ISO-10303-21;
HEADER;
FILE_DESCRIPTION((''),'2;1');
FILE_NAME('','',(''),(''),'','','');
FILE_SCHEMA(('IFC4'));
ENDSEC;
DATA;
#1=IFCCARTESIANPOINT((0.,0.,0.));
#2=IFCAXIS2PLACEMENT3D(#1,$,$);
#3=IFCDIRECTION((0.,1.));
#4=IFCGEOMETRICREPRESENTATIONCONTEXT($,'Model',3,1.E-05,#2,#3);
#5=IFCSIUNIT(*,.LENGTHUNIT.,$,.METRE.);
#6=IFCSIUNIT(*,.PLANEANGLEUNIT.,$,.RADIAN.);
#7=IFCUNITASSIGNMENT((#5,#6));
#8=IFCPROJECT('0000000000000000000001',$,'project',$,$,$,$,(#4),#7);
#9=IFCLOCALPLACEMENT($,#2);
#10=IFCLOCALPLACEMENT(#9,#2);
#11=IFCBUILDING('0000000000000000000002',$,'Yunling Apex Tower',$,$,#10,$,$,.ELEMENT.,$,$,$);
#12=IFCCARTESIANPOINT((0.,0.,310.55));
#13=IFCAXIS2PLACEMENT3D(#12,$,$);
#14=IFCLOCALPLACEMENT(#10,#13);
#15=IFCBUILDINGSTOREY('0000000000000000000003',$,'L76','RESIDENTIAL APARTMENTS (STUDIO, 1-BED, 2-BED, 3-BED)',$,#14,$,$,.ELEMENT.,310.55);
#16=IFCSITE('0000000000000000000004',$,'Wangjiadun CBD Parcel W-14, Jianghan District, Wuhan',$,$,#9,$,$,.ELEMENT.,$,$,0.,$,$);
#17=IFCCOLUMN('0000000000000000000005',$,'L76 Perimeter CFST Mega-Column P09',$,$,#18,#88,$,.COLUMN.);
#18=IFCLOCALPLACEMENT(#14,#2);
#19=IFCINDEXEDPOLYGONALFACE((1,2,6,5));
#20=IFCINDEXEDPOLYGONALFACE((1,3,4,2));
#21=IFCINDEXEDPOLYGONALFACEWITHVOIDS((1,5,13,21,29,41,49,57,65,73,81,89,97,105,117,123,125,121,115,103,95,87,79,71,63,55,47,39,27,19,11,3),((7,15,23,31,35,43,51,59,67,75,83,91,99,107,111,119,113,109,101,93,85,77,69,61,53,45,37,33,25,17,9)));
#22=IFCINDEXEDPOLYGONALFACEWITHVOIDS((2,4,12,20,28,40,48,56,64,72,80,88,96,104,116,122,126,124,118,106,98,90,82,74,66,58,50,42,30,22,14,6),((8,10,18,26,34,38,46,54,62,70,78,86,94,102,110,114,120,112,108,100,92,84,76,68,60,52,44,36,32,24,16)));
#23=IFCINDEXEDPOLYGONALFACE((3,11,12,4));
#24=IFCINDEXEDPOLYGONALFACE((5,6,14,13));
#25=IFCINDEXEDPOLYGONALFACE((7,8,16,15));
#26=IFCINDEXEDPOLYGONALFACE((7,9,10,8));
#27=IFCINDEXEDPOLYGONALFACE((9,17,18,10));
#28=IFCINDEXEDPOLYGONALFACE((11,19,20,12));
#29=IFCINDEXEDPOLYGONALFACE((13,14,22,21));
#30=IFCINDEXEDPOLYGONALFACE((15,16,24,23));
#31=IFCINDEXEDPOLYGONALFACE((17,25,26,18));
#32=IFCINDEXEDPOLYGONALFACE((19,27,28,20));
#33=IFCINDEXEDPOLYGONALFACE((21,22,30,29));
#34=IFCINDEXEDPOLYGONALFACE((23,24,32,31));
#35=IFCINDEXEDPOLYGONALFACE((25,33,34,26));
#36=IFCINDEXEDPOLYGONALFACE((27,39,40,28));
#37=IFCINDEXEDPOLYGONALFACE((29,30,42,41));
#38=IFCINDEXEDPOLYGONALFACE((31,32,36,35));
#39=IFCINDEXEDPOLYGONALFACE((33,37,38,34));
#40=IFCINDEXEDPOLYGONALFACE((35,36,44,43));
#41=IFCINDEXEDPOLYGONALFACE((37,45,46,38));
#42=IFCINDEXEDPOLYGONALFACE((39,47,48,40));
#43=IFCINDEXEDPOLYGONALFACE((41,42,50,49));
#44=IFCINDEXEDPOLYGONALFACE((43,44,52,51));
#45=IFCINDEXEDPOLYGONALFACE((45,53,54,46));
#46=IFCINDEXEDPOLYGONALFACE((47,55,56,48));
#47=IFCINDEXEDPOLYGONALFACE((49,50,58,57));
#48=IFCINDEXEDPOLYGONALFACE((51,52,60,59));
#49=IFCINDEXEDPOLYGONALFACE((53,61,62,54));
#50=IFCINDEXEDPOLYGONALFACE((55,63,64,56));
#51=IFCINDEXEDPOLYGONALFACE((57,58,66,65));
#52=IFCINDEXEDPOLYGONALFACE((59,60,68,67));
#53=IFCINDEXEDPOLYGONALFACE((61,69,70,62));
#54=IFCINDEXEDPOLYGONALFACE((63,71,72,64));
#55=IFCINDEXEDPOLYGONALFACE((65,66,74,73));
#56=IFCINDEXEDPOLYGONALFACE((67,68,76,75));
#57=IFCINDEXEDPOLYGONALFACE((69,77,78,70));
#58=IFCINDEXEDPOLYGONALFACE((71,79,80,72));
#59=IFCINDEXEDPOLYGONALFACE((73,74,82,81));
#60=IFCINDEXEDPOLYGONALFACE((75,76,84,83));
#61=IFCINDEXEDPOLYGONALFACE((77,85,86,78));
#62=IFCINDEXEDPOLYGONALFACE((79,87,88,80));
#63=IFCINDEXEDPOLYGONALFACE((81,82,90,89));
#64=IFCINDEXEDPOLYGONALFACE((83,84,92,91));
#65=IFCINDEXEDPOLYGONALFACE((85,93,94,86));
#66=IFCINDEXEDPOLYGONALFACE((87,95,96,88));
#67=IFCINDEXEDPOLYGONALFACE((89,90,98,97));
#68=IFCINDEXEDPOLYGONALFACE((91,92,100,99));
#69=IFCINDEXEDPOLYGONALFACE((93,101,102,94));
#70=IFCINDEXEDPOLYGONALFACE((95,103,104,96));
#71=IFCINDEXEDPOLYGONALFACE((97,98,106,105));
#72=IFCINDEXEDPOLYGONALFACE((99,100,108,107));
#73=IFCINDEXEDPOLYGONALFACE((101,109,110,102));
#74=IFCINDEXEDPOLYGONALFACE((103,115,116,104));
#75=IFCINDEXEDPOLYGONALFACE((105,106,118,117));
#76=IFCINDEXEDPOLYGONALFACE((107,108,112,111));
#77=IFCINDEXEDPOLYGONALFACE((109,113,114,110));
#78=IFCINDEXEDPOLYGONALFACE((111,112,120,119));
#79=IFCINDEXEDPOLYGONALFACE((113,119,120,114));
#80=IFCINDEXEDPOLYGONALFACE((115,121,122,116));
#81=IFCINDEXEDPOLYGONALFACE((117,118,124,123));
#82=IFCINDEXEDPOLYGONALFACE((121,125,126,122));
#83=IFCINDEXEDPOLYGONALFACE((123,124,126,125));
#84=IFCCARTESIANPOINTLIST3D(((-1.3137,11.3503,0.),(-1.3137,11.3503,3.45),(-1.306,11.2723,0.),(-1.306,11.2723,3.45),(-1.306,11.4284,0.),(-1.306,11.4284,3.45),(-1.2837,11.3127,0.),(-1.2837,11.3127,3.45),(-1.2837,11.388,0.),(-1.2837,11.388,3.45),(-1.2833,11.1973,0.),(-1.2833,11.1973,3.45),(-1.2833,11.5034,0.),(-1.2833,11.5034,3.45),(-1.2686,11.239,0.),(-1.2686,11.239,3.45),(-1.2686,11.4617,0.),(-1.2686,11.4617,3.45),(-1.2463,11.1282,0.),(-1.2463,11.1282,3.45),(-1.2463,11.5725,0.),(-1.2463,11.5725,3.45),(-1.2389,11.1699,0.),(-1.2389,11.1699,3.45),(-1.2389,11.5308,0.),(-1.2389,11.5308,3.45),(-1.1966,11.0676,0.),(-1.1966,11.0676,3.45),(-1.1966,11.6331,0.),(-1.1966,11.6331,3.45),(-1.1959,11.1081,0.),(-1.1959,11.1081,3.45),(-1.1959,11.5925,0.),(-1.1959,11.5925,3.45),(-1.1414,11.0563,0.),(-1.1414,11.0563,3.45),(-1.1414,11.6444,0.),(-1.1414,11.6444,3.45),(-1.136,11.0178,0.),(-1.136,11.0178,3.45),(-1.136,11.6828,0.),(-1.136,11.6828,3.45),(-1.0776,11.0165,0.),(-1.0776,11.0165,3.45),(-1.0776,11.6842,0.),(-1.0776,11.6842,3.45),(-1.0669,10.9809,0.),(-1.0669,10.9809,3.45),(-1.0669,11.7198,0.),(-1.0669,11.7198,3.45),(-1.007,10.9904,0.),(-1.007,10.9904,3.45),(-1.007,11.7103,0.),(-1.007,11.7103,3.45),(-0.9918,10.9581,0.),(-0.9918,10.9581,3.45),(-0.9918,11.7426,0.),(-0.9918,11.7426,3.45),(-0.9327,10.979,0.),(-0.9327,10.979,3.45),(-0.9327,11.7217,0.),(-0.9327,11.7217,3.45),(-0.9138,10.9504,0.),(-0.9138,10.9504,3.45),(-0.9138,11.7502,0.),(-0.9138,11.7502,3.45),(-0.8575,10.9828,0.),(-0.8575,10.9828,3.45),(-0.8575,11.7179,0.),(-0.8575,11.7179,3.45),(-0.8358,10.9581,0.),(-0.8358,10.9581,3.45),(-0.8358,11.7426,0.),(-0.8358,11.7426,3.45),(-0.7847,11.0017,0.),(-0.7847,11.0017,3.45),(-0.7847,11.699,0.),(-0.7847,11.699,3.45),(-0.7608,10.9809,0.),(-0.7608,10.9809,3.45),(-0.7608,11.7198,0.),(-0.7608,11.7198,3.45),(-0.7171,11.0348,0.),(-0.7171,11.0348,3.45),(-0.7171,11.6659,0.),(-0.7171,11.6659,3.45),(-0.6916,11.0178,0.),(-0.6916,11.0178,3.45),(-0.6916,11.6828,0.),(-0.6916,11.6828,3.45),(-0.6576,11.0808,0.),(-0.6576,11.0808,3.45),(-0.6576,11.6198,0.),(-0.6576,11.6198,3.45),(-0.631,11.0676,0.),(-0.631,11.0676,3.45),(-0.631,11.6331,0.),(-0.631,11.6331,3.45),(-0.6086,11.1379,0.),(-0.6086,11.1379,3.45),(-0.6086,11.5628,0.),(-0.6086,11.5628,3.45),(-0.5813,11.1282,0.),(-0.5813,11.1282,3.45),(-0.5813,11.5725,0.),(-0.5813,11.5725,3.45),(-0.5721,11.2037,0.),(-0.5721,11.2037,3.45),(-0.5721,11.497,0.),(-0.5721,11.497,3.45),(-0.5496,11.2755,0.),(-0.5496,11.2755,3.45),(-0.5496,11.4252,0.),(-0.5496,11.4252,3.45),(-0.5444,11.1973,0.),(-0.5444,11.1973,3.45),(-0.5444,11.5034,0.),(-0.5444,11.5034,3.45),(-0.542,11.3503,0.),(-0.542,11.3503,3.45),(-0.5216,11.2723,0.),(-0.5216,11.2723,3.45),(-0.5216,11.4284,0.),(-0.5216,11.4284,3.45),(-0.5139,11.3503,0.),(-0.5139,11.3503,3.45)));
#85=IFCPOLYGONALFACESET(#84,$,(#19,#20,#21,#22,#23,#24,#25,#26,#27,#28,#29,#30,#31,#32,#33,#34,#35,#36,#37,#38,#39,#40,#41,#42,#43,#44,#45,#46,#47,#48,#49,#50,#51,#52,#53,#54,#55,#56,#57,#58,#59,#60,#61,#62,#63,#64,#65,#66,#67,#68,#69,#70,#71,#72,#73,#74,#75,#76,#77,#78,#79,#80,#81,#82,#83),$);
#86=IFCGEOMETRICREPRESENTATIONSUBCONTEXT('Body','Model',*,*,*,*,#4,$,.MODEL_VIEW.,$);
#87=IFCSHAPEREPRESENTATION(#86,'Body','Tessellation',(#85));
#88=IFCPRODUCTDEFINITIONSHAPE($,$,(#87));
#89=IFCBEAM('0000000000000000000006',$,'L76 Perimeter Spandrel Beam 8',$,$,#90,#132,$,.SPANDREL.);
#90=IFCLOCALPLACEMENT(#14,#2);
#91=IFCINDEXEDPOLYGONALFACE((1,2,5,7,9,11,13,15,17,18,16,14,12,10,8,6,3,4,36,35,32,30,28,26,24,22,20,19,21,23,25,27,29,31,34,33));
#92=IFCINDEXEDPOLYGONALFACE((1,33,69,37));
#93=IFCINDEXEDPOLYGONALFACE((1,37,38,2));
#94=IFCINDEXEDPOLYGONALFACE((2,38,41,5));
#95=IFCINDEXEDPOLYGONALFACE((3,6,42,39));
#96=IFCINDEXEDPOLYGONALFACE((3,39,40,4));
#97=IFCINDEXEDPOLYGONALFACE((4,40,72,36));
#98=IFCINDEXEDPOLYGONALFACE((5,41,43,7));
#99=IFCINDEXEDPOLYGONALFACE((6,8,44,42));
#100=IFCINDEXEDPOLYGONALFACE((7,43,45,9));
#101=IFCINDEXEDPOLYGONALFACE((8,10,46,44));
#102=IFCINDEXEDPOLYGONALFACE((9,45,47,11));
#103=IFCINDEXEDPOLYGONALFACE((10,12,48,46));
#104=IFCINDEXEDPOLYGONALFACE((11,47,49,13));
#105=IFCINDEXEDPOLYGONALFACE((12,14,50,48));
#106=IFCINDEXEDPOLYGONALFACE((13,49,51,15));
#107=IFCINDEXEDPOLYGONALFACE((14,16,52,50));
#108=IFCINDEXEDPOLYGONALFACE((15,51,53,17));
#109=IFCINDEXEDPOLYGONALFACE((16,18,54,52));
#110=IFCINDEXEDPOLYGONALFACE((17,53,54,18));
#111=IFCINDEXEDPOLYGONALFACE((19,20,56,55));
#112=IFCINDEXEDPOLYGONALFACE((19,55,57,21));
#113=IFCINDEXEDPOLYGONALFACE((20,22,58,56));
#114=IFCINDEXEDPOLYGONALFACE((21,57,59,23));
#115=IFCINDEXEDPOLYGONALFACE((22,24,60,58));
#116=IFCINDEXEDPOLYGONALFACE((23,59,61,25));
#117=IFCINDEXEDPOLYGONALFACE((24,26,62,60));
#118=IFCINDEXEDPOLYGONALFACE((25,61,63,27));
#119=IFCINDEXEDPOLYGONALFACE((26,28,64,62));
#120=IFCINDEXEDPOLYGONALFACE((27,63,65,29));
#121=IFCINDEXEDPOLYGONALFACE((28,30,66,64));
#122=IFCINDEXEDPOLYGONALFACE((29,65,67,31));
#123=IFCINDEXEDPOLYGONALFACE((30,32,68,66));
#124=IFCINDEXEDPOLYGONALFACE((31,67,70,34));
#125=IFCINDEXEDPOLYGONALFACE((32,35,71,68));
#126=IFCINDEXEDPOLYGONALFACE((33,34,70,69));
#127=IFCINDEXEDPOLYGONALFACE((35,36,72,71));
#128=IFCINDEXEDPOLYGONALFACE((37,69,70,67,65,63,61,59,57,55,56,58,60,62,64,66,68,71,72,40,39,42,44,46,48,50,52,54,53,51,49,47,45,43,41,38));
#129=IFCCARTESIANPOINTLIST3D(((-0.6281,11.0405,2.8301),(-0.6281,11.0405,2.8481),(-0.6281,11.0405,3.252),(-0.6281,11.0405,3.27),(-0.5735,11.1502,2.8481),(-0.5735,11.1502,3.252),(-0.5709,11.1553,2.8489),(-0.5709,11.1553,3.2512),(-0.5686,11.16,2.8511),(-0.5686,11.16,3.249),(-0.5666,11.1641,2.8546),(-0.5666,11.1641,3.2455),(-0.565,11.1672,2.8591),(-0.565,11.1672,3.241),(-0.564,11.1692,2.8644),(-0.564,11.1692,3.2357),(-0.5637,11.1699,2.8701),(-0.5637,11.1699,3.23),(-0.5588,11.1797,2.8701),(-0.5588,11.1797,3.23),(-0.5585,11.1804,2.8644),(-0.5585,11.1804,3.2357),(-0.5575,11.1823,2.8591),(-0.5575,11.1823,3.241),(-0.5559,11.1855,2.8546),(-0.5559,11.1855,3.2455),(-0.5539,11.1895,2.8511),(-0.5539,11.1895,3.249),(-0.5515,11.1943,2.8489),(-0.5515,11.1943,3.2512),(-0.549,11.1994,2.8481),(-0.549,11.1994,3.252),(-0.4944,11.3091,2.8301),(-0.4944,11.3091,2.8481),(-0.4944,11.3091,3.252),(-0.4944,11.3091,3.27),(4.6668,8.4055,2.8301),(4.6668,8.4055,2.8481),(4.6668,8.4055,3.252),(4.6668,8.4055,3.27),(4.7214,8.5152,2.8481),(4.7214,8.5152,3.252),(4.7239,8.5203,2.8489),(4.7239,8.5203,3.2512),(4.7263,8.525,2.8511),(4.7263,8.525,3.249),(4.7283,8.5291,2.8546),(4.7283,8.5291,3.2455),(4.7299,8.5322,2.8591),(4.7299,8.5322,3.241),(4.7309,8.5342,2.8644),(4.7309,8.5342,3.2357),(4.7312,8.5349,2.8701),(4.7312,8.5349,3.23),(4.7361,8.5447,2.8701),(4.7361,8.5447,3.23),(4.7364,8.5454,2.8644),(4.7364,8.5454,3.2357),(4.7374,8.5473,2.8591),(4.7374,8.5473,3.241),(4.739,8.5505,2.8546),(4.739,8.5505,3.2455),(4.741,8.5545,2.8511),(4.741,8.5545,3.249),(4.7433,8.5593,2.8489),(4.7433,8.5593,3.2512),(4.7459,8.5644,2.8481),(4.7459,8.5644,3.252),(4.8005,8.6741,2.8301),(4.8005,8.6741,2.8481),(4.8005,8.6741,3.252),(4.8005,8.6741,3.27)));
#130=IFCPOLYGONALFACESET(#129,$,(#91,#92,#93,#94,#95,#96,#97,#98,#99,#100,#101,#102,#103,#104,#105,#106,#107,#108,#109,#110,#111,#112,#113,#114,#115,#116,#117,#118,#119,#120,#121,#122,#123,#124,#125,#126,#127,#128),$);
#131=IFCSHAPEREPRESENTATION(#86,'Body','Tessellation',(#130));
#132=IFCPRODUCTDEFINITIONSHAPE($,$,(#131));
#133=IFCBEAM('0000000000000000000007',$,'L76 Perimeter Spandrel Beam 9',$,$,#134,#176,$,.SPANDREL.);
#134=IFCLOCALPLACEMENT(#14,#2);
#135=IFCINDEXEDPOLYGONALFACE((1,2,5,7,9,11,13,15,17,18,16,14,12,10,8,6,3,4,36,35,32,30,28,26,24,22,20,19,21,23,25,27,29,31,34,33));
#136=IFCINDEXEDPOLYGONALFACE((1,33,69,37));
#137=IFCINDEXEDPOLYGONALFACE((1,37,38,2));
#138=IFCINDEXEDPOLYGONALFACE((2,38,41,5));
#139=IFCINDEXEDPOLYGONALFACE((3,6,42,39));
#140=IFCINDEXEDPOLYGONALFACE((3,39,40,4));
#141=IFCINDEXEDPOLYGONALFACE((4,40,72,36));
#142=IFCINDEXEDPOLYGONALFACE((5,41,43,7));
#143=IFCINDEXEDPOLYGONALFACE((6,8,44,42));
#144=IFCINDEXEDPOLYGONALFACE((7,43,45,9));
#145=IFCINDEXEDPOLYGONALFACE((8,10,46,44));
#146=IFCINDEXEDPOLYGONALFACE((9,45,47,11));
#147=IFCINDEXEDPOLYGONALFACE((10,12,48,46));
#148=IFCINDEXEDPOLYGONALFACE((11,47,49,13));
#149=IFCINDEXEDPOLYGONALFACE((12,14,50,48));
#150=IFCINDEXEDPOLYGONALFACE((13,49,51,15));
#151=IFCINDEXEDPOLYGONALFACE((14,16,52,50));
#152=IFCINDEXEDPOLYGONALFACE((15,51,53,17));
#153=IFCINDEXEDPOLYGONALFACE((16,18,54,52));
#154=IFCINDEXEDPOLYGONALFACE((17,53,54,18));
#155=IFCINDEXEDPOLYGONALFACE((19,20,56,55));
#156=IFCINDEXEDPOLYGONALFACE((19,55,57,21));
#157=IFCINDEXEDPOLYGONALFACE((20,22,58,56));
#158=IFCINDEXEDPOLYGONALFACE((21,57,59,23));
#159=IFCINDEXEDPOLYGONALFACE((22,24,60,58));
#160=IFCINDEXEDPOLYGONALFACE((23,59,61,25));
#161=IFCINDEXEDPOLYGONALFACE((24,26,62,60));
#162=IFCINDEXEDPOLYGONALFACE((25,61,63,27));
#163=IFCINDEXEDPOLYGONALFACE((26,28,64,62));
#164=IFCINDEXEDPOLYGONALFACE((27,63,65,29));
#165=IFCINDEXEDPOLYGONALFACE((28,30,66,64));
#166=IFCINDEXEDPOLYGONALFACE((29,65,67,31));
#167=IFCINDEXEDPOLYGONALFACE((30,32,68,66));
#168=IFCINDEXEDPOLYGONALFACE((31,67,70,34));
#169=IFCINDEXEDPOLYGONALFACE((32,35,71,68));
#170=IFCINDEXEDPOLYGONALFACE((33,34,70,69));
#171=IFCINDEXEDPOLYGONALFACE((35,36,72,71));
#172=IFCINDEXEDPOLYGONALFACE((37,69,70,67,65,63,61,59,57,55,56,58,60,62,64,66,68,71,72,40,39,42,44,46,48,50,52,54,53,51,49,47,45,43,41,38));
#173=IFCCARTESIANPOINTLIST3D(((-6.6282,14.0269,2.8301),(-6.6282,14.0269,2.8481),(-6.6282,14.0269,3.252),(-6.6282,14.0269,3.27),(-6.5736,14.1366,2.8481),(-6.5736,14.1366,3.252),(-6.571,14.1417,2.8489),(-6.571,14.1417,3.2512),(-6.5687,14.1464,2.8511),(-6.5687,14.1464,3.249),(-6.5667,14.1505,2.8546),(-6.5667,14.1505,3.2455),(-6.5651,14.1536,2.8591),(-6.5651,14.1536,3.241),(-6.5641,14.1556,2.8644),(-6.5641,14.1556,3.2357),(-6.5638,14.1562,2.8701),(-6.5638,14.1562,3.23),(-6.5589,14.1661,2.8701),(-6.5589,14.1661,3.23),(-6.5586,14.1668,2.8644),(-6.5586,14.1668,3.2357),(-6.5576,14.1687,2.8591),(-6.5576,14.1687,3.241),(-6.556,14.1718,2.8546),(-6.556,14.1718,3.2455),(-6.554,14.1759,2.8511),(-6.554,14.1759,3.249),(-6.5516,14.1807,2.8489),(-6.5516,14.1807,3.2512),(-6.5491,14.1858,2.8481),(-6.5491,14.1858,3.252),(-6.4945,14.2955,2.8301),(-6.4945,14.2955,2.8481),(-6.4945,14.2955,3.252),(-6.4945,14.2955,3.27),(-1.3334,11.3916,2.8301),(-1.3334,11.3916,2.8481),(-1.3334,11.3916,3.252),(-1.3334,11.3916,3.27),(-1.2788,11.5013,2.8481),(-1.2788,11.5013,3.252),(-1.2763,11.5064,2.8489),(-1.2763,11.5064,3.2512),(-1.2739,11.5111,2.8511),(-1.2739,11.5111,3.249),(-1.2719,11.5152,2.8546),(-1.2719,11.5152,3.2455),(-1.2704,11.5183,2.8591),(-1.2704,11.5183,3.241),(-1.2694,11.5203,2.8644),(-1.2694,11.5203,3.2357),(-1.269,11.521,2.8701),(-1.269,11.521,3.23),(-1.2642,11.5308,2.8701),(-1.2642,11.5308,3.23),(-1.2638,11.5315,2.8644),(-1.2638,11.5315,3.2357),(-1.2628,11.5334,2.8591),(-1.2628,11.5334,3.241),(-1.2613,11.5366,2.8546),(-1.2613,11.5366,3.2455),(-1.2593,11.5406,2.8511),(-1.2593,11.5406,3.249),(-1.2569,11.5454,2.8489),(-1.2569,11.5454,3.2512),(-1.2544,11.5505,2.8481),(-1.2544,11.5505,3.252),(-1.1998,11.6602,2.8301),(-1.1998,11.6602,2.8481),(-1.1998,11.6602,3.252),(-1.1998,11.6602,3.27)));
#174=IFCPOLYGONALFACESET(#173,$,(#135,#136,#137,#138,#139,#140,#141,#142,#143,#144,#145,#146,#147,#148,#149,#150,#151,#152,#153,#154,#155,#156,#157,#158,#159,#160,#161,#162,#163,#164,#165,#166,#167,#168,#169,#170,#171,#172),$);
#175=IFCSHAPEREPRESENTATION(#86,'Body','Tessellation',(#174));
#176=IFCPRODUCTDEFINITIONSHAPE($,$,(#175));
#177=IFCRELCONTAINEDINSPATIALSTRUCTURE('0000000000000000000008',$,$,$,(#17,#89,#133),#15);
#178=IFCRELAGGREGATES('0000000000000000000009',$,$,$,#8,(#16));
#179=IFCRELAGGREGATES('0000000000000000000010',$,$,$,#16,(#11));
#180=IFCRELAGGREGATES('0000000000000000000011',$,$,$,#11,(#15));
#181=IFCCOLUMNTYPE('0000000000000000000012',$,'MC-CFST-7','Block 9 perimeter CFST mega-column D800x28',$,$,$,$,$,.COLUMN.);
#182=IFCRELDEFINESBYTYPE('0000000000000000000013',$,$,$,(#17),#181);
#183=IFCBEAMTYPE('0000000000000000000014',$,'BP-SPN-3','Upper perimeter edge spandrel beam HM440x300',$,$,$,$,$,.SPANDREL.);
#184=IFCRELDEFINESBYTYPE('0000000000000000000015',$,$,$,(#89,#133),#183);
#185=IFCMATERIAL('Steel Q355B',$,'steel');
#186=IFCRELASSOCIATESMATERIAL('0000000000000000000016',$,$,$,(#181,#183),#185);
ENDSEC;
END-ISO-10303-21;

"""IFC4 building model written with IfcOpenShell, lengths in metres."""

from ifc_helpers import new_model, si_unit, direction, frame, origin, origin_2d, place, context, subcontext, project, spatial, hollow_circle, i_section, extrude, source, transform, mapped, material, material_profile, profile_set, type_object, element, save


model = new_model("IFC4")

# Units and contexts
model_context = context("Model", 3, precision=1e-05, world=origin(), true_north=direction((0.0, 1.0)))
body_context = subcontext(model_context, "Body", "Model", "MODEL_VIEW")
ifc_project = project(units=[si_unit("LENGTHUNIT", "METRE"), si_unit("PLANEANGLEUNIT", "RADIAN")], contexts=[model_context])

# Site, building, storey
site_placement = place(None, origin())
site = spatial("IfcSite", under=ifc_project, at=site_placement, Name="Wangjiadun CBD Parcel W-14, Jianghan District, Wuhan", CompositionType="ELEMENT", RefElevation=0.0)
building_placement = place(site_placement, origin())
building = spatial("IfcBuilding", under=site, at=building_placement, Name="Yunling Apex Tower", CompositionType="ELEMENT")
storey_placement = place(building_placement, frame((0.0, 0.0, 310.55)))
storey = spatial("IfcBuildingStorey", under=building, at=storey_placement, Name="L76", Description="RESIDENTIAL APARTMENTS (STUDIO, 1-BED, 2-BED, 3-BED)", CompositionType="ELEMENT", Elevation=310.55)

# Column
ifc_material_1 = material(Name="Steel Q355B", Category="steel")
ifc_material_profile_1 = material_profile(ifc_material_1, hollow_circle(Radius=0.3999, WallThickness=0.0281, at=origin_2d()))
ifc_profile_set_1 = profile_set([ifc_material_profile_1], Name="Steel Q355B")
column_type = type_object("IfcColumnType", Name="MC-CFST-7", Description="Block 9 perimeter CFST mega-column D800x28", PredefinedType="COLUMN", material=ifc_profile_set_1)
shared_shape_1 = source(origin(), body_context, "Body", "SweptSolid", [
    extrude(hollow_circle(Radius=0.3999, WallThickness=0.0281, at=origin_2d()), origin(), (0.0, 0.0, 1.0), 3.45),
])
column_placement = place(storey_placement, frame((-0.9138, 11.3503, 0.0), z_axis=(0.0, 0.0, 1.0), x_axis=(1.0, 0.0, 0.0)))
element("IfcColumn", 1, at=column_placement, inside=storey, type_object=column_type, Name="L76 Perimeter CFST Mega-Column P09", PredefinedType="COLUMN", context=body_context, shape_type="MappedRepresentation", body=[
    mapped(shared_shape_1, transform((0.0, 0.0, 0.0), scale=1.0)),
])

# Beams
ifc_material_profile_2 = material_profile(ifc_material_1, i_section(OverallWidth=0.3, OverallDepth=0.4399, WebThickness=0.011, FlangeThickness=0.0181, FilletRadius=0.022, at=origin_2d()))
ifc_profile_set_2 = profile_set([ifc_material_profile_2], Name="Steel Q355B")
beam_type_1 = type_object("IfcBeamType", Name="BP-SPN-3", Description="Upper perimeter edge spandrel beam HM440x300", PredefinedType="SPANDREL", material=ifc_profile_set_2)
shared_shape_2 = source(origin(), body_context, "Body", "SweptSolid", [
    extrude(i_section(OverallWidth=0.3, OverallDepth=0.4399, WebThickness=0.011, FlangeThickness=0.0181, FilletRadius=0.022, at=origin_2d()), origin(), (0.0, 0.0, 1.0), 5.9143),
])
for number, where, z_axis, x_axis, name in (
    (2, (4.7336, 8.5398, 3.05), (-0.895268, 0.445529, 0.0), (-0.445529, -0.895268, 0.0), "L76 Perimeter Spandrel Beam 8"),
    (3, (-1.2666, 11.5259, 3.05), (-0.895243, 0.445578, 0.0), (-0.445578, -0.895243, 0.0), "L76 Perimeter Spandrel Beam 9"),
):
    element("IfcBeam", number, at=place(storey_placement, frame(where, z_axis=z_axis, x_axis=x_axis)), inside=storey, type_object=beam_type_1, Name=name, PredefinedType="SPANDREL", context=body_context, shape_type="MappedRepresentation", body=[
        mapped(shared_shape_2, transform((0.0, 0.0, 0.0), scale=1.0)),
    ])

save(model, "model.ifc")
